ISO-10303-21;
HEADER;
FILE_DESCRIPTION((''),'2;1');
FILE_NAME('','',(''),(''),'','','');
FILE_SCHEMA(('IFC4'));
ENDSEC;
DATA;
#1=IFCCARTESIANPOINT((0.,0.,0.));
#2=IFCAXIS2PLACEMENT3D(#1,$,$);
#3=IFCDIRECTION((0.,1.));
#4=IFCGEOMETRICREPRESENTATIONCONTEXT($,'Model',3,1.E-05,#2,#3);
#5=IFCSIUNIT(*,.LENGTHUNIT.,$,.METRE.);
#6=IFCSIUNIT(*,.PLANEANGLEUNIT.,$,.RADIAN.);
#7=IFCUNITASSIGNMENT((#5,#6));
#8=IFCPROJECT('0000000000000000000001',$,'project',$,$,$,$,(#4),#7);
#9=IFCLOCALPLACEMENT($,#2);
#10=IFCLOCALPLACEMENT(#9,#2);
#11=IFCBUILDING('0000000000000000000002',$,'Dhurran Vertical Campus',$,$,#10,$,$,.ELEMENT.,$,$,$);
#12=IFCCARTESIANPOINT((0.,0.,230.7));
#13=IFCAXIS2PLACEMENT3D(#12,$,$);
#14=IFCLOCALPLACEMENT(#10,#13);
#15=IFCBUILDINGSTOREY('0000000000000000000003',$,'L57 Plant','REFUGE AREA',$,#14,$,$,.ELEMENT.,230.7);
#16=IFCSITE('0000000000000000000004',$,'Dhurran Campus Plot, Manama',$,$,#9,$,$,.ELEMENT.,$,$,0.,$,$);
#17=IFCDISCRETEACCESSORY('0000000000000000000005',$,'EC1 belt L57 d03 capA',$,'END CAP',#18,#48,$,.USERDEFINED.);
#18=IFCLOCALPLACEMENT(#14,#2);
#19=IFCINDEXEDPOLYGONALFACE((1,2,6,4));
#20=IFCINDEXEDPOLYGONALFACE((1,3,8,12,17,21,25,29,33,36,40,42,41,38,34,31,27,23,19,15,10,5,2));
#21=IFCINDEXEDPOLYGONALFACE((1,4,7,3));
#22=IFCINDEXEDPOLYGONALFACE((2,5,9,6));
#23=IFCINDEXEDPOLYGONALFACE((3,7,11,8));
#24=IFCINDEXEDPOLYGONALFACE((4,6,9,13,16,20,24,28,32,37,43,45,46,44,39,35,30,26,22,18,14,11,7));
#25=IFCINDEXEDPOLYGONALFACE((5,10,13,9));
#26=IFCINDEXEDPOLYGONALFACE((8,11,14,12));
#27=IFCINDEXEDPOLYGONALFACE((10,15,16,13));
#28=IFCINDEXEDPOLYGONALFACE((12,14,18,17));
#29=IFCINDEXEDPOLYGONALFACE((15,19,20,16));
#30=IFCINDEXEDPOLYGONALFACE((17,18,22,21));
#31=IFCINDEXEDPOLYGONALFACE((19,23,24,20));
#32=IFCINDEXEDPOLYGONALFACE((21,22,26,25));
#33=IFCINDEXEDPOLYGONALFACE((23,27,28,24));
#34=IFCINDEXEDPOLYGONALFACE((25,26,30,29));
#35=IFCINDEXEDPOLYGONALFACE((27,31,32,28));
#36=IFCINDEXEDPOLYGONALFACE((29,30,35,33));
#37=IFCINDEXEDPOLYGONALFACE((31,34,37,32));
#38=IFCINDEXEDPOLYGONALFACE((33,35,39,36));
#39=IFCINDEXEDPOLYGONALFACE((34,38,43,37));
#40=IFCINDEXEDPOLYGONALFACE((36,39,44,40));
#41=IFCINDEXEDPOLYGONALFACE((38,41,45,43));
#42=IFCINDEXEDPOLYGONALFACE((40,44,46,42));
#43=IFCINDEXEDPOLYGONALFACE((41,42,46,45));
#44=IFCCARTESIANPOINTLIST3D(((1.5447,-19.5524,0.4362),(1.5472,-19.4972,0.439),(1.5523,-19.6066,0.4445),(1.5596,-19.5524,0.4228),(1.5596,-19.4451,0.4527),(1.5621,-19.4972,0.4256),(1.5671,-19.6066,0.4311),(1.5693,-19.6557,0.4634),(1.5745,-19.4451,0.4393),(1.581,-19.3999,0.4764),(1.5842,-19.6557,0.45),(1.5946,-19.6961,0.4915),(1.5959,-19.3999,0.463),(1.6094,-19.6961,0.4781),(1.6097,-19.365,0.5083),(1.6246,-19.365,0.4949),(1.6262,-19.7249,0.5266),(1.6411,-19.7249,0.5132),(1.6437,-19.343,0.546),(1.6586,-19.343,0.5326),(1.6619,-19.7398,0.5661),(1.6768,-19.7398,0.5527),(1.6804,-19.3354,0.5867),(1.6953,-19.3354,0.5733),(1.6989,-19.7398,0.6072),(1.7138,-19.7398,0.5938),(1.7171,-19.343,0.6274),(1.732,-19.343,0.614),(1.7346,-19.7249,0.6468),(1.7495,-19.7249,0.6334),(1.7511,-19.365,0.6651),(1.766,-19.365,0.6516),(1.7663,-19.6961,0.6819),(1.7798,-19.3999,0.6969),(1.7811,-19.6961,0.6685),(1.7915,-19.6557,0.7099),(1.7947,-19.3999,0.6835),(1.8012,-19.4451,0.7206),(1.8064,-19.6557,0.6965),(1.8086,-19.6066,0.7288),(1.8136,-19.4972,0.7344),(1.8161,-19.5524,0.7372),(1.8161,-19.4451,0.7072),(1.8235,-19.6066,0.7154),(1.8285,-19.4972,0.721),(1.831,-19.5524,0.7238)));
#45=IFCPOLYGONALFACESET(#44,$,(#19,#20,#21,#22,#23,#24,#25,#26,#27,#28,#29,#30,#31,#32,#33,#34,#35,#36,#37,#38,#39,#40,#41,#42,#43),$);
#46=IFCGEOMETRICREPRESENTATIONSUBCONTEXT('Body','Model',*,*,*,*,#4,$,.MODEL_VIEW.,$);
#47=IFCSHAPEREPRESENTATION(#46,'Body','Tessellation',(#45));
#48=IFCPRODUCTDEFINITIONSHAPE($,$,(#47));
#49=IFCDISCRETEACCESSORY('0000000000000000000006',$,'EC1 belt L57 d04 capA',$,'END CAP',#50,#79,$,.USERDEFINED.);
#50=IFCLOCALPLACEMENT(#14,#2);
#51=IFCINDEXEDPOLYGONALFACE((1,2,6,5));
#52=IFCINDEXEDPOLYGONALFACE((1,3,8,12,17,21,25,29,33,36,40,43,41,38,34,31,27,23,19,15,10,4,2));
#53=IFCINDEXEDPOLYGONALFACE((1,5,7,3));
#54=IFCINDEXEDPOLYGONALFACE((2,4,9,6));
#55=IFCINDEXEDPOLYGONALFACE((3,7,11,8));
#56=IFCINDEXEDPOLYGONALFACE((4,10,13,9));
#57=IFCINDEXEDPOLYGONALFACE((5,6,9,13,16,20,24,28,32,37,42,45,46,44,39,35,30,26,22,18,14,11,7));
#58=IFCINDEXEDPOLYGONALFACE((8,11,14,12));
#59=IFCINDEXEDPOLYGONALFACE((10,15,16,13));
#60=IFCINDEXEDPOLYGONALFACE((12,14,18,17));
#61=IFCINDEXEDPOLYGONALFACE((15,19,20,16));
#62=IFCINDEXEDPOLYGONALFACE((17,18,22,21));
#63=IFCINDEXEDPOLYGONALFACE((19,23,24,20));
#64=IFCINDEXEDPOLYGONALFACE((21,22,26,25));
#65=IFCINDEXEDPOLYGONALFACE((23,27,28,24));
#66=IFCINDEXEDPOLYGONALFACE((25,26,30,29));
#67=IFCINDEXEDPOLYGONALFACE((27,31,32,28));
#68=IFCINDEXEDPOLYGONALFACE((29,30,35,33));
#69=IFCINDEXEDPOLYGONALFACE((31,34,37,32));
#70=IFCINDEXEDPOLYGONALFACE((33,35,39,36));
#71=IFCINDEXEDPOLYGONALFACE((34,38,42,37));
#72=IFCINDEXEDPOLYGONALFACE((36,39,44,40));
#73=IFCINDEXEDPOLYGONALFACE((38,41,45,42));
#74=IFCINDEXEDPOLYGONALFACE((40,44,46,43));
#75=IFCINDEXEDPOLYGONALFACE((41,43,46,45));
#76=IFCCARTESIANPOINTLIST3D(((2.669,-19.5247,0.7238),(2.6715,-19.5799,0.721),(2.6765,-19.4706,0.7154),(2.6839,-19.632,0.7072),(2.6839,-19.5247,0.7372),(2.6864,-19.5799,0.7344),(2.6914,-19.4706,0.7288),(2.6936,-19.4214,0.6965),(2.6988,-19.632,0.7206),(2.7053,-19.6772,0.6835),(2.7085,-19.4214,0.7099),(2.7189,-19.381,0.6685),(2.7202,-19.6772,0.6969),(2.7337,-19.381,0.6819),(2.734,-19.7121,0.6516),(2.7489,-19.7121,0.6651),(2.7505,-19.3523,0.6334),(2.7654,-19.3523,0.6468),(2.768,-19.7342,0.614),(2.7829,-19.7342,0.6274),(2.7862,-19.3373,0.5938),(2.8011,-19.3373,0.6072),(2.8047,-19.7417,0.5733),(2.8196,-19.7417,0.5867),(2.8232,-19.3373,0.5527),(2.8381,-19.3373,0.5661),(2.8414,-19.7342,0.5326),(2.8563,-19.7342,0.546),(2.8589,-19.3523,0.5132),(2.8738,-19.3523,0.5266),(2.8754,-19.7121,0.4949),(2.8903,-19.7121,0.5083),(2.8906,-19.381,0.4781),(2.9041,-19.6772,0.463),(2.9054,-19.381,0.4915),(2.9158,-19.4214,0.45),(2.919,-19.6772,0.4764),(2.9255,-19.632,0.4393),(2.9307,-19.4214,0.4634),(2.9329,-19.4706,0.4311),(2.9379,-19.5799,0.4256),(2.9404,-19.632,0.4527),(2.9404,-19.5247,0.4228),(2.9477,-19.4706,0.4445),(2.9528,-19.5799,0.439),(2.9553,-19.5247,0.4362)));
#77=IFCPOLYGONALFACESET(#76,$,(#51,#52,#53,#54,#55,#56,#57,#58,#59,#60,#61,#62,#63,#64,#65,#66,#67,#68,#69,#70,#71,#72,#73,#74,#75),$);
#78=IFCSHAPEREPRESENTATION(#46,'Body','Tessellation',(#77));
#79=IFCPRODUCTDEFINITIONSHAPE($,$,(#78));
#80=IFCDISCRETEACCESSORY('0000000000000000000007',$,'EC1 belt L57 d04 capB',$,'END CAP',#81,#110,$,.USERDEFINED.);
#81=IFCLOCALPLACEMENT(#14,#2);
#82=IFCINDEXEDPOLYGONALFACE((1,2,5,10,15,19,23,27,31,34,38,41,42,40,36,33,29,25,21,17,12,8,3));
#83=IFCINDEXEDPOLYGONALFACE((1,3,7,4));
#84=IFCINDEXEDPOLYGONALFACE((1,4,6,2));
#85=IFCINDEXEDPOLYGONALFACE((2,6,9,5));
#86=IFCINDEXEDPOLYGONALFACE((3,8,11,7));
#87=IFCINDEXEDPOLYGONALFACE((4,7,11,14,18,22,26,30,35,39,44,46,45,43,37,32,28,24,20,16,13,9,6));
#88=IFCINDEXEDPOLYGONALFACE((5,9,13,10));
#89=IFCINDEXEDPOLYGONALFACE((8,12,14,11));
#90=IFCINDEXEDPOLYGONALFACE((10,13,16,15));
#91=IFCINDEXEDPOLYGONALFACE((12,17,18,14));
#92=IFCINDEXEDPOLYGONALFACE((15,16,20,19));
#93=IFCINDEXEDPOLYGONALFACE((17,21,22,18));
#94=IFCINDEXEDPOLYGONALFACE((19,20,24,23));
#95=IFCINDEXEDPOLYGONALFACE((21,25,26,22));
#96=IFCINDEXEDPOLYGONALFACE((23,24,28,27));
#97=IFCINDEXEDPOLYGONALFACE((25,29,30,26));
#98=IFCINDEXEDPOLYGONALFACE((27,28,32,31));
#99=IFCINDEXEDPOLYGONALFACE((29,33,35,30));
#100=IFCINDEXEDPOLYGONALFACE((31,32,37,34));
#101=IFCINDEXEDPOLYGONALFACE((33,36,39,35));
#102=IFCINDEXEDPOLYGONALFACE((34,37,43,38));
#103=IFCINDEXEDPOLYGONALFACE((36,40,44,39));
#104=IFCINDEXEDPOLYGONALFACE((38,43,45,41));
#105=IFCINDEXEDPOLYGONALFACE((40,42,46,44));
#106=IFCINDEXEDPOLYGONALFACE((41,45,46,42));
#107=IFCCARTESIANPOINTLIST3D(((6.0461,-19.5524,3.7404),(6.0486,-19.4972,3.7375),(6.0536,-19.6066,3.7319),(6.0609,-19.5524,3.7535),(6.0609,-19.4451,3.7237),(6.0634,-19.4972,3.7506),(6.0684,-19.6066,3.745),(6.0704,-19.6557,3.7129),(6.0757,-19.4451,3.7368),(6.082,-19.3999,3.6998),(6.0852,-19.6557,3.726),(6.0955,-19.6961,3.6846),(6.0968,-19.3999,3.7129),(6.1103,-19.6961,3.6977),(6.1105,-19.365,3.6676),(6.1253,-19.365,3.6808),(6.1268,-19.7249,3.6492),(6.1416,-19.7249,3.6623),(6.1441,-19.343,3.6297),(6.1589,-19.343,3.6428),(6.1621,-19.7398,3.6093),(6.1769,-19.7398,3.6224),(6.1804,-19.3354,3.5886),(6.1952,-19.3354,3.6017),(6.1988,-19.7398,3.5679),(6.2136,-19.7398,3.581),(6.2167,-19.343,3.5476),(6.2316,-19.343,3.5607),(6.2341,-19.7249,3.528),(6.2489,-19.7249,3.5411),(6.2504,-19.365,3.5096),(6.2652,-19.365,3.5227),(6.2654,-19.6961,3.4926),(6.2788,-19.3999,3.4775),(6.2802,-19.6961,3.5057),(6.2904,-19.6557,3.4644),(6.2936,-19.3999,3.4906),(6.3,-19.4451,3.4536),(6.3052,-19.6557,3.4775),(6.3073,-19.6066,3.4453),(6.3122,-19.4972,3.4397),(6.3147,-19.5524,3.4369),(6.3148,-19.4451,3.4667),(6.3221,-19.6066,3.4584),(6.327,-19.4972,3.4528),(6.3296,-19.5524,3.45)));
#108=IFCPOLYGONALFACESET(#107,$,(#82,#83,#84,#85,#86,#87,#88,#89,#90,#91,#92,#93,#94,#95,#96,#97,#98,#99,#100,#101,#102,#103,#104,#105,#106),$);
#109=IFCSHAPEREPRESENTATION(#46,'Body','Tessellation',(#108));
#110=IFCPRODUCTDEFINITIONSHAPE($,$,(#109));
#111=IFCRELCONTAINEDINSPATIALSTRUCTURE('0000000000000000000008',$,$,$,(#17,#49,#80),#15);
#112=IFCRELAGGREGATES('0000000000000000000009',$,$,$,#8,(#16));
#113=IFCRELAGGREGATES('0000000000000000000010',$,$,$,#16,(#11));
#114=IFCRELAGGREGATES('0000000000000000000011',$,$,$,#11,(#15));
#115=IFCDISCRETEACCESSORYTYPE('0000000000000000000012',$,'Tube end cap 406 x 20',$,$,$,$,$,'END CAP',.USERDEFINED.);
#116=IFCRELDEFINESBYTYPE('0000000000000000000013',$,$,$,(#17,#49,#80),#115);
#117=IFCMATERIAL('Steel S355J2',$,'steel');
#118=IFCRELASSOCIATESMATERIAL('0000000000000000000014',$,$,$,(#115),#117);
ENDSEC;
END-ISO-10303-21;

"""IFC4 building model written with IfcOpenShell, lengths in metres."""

from ifc_helpers import new_model, si_unit, direction, frame, origin, origin_2d, place, context, subcontext, project, spatial, circle, extrude, material, material_profile, profile_set, type_object, element, save


model = new_model("IFC4")

# Units and contexts
model_context = context("Model", 3, precision=1e-05, world=origin(), true_north=direction((0.0, 1.0)))
body_context = subcontext(model_context, "Body", "Model", "MODEL_VIEW")
ifc_project = project(units=[si_unit("LENGTHUNIT", "METRE"), si_unit("PLANEANGLEUNIT", "RADIAN")], contexts=[model_context])

# Site, building, storey
site_placement = place(None, origin())
site = spatial("IfcSite", under=ifc_project, at=site_placement, Name="Dhurran Campus Plot, Manama", CompositionType="ELEMENT", RefElevation=0.0)
building_placement = place(site_placement, origin())
building = spatial("IfcBuilding", under=site, at=building_placement, Name="Dhurran Vertical Campus", CompositionType="ELEMENT")
storey_placement = place(building_placement, frame((0.0, 0.0, 230.7)))
storey = spatial("IfcBuildingStorey", under=building, at=storey_placement, Name="L57 Plant", Description="REFUGE AREA", CompositionType="ELEMENT", Elevation=230.7)

# Discrete accessories
ifc_material_1 = material(Name="Steel S355J2", Category="steel")
ifc_material_profile_1 = material_profile(ifc_material_1, circle(Radius=0.2031, at=origin_2d()), Name="Tube end cap 406 x 20")
ifc_profile_set_1 = profile_set([ifc_material_profile_1], Name="Steel S355J2")
discrete_accessory_type = type_object("IfcDiscreteAccessoryType", Name="Tube end cap 406 x 20", ElementType="END CAP", PredefinedType="USERDEFINED", material=ifc_profile_set_1)
for number, where, z_axis, x_axis, name in (
    (1, (1.6804, -19.5386, 0.5867), (0.742688, 0.0, -0.669637), (0.0, 1.0, 0.0), "EC1 belt L57 d03 capA"),
    (2, (2.8196, -19.5386, 0.5867), (-0.742688, 0.0, -0.669637), (0.0, -1.0, 0.0), "EC1 belt L57 d04 capA"),
):
    element("IfcDiscreteAccessory", number, at=place(storey_placement, frame(where, z_axis=z_axis, x_axis=x_axis)), inside=storey, type_object=discrete_accessory_type, Name=name, ObjectType="END CAP", PredefinedType="USERDEFINED", context=body_context, shape_type="SweptSolid", body=[
        extrude(circle(Radius=0.2031, at=origin_2d()), origin(), (0.0, 0.0, 1.0), 0.02),
    ])
discrete_accessory_placement = place(storey_placement, frame((6.1804, -19.5386, 3.5886), z_axis=(0.748762, 0.0, 0.662839), x_axis=(0.0, 1.0, 0.0)))
element("IfcDiscreteAccessory", 3, at=discrete_accessory_placement, inside=storey, type_object=discrete_accessory_type, Name="EC1 belt L57 d04 capB", ObjectType="END CAP", PredefinedType="USERDEFINED", context=body_context, shape_type="SweptSolid", body=[
    extrude(circle(Radius=0.2031, at=origin_2d()), origin(), (0.0, 0.0, 1.0), 0.0198),
])

save(model, "model.ifc")
